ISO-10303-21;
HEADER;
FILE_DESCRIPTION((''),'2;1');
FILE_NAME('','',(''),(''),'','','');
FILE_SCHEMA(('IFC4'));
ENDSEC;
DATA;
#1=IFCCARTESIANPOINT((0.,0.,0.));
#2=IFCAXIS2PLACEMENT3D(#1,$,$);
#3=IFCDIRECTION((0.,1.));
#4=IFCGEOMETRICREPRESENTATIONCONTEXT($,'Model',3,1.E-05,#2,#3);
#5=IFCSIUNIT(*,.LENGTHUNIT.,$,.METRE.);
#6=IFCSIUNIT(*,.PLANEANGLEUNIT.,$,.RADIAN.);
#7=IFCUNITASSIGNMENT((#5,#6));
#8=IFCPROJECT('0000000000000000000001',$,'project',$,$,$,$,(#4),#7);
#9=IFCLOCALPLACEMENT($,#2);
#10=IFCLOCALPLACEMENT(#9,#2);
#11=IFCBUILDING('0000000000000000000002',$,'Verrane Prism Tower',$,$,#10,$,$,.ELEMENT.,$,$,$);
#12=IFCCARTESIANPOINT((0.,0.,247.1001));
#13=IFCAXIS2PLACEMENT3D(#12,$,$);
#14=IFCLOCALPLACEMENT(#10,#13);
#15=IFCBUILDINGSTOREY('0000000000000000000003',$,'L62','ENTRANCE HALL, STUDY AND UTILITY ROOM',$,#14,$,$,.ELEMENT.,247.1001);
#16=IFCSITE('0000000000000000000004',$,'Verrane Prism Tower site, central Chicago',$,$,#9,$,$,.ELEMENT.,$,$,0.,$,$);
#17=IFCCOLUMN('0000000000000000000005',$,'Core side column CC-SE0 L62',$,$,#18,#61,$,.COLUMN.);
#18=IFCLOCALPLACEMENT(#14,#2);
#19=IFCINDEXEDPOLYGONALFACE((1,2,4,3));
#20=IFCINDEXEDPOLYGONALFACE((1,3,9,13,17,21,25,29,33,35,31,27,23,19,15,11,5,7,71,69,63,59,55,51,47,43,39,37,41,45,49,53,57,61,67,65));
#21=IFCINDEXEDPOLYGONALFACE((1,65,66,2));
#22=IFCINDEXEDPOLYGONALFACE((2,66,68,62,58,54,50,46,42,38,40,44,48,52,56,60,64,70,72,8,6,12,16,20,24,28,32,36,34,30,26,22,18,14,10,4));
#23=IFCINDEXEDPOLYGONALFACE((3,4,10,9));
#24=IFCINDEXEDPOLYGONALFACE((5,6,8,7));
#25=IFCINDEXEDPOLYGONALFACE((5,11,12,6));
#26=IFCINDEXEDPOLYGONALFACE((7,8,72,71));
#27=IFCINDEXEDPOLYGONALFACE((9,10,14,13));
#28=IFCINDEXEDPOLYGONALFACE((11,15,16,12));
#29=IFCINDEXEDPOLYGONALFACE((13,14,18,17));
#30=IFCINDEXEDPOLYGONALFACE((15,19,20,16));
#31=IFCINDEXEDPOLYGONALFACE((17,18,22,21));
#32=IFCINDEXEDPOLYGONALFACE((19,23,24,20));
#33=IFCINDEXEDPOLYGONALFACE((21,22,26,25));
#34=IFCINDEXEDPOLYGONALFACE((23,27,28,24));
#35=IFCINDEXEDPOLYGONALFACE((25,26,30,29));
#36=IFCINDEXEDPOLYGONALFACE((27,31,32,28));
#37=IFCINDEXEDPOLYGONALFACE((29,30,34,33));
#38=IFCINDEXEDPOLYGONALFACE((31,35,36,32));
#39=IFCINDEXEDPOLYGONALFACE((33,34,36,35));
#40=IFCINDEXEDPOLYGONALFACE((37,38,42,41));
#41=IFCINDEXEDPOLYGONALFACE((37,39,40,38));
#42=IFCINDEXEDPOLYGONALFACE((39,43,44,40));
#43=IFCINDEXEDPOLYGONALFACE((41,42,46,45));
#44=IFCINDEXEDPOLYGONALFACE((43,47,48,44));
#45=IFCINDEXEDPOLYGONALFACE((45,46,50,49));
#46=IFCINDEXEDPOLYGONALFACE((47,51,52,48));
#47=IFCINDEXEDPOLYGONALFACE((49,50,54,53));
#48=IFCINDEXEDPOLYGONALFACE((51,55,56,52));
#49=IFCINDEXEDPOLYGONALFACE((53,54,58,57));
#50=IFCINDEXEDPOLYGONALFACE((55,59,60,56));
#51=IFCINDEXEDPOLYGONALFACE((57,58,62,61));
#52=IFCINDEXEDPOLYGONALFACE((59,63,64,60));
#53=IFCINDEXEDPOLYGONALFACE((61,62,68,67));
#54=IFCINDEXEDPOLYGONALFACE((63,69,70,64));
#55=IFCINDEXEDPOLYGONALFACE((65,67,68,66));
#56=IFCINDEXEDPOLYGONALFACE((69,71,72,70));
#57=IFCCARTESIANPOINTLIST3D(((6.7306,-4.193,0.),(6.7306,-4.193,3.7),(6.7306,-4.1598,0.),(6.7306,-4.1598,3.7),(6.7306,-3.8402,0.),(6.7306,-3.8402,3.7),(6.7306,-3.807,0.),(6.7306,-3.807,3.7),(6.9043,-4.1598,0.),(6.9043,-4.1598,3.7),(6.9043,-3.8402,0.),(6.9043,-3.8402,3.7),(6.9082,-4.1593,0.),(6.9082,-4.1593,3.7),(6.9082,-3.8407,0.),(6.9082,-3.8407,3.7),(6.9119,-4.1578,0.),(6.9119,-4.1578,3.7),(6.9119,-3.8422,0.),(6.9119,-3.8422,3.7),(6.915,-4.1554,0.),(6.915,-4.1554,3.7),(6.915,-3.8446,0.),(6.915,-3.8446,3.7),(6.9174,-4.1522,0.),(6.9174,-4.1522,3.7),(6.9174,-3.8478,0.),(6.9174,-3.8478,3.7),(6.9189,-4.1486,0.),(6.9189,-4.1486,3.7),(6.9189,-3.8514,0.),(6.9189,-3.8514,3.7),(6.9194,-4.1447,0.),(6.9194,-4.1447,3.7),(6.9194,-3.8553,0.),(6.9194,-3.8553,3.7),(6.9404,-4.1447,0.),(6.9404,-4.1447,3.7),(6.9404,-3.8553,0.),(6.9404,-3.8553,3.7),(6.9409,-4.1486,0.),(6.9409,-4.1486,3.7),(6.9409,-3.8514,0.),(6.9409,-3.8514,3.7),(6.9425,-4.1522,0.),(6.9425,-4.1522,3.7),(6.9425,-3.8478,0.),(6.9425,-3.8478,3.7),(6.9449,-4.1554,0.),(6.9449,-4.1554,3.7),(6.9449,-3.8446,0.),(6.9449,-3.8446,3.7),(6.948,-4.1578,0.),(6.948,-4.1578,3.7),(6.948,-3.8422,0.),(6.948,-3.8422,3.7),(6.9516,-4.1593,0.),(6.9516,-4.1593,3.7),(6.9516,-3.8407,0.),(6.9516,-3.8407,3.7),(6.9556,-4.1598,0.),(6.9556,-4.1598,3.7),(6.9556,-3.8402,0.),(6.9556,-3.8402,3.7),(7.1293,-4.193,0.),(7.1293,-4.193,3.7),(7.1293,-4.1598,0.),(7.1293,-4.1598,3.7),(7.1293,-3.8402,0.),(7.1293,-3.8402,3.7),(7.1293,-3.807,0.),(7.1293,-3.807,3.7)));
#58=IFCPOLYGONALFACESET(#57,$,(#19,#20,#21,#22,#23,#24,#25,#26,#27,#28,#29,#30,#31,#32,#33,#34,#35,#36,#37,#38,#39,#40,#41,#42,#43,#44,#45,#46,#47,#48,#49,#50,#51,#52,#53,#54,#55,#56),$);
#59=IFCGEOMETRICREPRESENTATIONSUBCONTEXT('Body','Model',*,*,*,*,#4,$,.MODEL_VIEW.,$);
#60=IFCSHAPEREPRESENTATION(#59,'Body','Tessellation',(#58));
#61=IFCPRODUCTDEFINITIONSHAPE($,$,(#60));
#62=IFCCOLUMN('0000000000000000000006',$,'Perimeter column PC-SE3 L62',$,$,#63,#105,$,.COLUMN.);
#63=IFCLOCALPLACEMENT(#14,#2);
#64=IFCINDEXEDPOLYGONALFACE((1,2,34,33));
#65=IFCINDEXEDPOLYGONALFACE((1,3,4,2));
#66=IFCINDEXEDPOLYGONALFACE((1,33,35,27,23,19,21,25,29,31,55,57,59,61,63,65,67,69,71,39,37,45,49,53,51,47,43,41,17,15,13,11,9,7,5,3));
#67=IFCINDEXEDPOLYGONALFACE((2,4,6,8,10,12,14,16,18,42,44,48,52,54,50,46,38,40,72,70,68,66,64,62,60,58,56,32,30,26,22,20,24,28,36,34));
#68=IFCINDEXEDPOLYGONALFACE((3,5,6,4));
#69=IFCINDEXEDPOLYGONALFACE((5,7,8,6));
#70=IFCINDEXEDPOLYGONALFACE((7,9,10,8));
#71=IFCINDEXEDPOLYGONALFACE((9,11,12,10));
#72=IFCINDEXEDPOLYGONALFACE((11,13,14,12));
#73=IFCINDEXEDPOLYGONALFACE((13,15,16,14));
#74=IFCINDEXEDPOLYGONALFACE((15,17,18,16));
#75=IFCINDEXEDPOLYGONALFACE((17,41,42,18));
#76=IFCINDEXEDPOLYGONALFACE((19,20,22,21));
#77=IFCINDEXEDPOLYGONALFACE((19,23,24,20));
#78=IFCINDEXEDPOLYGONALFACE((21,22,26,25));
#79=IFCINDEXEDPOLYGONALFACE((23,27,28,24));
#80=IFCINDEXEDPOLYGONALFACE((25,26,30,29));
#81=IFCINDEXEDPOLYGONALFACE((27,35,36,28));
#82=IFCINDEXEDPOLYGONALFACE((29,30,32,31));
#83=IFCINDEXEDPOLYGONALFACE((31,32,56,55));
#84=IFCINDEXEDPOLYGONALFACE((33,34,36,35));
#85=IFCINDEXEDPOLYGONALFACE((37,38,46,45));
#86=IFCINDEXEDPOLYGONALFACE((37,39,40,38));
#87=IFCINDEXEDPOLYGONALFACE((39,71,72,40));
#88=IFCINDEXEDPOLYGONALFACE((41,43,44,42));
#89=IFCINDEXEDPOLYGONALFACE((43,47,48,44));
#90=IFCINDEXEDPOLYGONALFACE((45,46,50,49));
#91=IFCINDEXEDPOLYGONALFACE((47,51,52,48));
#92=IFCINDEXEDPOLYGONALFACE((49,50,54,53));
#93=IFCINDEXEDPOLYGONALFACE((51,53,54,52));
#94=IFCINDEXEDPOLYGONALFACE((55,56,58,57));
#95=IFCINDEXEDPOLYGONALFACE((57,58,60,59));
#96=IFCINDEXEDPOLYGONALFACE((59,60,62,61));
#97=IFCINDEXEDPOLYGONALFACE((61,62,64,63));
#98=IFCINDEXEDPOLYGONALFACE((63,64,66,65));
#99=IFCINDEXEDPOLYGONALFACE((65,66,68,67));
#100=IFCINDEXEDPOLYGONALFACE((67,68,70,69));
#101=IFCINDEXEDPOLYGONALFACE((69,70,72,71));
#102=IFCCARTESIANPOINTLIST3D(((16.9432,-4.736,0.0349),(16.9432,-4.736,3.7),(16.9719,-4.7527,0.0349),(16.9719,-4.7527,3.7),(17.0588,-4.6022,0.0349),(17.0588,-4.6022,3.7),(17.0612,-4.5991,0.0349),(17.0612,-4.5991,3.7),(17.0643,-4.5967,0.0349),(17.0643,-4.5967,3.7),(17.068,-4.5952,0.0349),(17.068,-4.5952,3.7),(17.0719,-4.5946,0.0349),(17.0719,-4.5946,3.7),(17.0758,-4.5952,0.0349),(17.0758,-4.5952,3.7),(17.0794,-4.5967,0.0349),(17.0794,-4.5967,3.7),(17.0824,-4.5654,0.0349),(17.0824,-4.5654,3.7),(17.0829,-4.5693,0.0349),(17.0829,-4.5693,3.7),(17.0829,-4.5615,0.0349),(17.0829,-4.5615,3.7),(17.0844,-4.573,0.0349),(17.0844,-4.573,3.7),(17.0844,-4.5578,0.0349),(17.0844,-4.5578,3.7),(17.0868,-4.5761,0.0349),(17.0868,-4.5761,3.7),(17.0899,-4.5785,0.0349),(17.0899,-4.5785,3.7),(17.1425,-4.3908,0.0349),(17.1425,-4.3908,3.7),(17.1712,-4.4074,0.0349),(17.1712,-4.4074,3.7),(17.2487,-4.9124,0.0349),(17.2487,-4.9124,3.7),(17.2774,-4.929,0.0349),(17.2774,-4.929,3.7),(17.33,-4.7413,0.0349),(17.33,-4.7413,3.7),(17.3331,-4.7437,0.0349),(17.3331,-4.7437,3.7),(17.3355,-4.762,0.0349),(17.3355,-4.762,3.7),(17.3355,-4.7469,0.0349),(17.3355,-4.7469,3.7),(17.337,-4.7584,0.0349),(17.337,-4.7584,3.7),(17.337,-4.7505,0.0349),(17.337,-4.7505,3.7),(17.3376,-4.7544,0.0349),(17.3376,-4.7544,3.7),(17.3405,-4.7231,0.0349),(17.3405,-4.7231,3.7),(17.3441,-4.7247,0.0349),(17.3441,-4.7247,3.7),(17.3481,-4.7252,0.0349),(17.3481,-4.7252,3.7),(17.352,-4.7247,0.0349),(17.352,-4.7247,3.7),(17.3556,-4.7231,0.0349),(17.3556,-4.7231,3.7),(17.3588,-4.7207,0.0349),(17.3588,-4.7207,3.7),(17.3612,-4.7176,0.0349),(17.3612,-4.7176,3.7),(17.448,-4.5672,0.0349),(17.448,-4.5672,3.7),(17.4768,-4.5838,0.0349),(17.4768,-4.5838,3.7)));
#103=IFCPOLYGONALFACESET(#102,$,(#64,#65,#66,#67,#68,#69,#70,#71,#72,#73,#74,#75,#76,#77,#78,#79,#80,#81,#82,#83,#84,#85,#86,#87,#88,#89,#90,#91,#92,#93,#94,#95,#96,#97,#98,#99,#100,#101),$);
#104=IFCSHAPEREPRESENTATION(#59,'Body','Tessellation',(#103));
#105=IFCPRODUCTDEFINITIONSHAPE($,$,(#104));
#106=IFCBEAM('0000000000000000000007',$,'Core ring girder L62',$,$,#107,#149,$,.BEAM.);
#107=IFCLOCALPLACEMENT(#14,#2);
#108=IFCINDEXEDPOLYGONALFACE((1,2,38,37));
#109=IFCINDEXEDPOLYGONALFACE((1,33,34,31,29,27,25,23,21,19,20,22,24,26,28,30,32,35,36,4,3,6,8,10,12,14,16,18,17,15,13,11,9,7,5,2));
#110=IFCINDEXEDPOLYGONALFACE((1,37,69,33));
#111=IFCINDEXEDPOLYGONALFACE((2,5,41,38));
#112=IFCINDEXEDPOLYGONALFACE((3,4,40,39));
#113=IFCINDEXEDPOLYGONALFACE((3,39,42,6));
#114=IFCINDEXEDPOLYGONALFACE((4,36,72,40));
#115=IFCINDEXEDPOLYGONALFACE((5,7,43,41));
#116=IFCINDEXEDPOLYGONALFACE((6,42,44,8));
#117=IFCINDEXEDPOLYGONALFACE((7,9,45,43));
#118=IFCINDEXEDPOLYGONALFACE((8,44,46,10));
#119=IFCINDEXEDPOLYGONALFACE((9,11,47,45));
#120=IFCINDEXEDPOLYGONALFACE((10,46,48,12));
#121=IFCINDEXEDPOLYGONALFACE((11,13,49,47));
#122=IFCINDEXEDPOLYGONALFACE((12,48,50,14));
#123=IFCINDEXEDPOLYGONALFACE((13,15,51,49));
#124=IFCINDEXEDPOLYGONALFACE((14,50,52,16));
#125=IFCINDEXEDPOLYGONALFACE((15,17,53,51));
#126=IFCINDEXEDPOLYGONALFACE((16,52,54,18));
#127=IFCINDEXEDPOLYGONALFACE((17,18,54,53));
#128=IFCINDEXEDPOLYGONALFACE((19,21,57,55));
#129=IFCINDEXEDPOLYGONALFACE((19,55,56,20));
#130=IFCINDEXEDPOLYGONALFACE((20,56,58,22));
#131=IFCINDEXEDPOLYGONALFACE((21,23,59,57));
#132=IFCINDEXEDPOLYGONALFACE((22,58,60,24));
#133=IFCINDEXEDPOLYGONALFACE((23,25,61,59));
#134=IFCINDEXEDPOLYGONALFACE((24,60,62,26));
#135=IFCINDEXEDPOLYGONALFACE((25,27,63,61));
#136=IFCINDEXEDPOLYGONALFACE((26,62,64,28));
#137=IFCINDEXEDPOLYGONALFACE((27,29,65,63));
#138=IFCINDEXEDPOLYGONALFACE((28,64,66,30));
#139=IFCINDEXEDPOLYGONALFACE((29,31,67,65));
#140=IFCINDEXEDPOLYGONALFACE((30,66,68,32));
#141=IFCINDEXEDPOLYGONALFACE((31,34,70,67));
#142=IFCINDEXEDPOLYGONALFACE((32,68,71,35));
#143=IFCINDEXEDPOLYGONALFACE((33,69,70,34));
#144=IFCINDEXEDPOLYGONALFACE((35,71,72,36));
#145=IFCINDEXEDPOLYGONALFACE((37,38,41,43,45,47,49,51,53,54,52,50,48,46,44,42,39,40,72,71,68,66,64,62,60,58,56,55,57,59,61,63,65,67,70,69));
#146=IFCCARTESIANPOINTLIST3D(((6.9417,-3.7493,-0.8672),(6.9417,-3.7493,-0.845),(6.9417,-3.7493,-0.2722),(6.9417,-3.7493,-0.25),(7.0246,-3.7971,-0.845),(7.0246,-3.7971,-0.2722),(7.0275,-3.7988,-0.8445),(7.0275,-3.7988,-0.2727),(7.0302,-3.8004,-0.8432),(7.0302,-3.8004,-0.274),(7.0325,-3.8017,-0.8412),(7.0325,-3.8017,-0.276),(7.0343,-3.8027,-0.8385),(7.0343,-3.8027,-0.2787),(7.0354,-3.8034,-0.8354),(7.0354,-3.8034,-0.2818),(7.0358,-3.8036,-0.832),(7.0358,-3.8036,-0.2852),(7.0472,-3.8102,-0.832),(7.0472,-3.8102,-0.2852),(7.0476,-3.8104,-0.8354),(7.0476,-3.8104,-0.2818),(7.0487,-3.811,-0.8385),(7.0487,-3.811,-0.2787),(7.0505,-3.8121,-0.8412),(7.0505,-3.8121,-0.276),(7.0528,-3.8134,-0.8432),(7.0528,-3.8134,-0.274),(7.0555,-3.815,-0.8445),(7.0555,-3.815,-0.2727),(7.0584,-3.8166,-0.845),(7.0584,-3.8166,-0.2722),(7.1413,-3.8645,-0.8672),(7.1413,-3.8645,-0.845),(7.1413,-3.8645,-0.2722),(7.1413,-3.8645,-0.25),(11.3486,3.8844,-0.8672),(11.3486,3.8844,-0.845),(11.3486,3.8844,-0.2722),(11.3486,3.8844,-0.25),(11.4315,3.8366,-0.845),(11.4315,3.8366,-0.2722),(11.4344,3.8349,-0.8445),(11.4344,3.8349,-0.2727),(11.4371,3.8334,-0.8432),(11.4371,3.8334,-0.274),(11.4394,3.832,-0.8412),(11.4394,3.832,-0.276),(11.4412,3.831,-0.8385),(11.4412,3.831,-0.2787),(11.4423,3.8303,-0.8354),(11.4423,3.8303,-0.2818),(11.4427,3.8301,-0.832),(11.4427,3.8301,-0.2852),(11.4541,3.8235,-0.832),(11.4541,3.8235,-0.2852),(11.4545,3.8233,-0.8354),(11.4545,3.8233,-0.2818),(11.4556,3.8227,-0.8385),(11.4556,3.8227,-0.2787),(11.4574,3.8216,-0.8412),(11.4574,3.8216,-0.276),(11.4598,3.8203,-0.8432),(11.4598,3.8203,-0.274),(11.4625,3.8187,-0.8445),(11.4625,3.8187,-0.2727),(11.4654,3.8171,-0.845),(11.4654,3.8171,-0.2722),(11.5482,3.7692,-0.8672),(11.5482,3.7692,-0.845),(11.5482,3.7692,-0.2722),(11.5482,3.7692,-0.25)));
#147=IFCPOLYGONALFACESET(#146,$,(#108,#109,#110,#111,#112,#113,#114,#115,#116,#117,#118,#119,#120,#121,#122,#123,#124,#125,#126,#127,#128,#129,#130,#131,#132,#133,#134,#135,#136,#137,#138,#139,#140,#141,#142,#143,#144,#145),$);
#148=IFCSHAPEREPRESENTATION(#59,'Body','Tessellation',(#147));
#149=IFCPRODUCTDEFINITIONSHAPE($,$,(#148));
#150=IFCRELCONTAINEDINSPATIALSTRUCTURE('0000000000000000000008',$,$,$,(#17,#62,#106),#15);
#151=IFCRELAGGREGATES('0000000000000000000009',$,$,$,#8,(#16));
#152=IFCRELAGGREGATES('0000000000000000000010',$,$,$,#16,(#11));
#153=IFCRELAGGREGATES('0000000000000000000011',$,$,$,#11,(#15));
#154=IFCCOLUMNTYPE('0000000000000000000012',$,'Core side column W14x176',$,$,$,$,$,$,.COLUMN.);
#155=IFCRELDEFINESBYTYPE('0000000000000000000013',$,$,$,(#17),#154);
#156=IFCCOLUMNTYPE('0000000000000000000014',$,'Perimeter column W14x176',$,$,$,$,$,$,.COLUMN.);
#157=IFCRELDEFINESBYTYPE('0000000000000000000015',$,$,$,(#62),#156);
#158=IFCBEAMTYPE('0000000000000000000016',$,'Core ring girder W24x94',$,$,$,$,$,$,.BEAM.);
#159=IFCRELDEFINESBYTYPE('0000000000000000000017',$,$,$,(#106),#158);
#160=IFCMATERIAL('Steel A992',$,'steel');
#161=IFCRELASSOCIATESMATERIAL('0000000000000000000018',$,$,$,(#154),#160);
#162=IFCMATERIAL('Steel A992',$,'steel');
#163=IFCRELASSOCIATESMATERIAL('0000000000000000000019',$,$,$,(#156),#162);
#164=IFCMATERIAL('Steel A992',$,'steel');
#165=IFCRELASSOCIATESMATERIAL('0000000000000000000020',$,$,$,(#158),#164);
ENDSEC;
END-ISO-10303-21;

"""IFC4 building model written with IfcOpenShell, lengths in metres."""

from ifc_helpers import new_model, si_unit, direction, frame, origin, origin_2d, place, context, subcontext, project, spatial, i_section, extrude, material, material_profile, profile_set, type_object, element, save


model = new_model("IFC4")

# Units and contexts
model_context = context("Model", 3, precision=1e-05, world=origin(), true_north=direction((0.0, 1.0)))
body_context = subcontext(model_context, "Body", "Model", "MODEL_VIEW")
ifc_project = project(units=[si_unit("LENGTHUNIT", "METRE"), si_unit("PLANEANGLEUNIT", "RADIAN")], contexts=[model_context])

# Site, building, storey
site_placement = place(None, origin())
site = spatial("IfcSite", under=ifc_project, at=site_placement, Name="Verrane Prism Tower site, central Chicago", CompositionType="ELEMENT", RefElevation=0.0)
building_placement = place(site_placement, origin())
building = spatial("IfcBuilding", under=site, at=building_placement, Name="Verrane Prism Tower", CompositionType="ELEMENT")
storey_placement = place(building_placement, frame((0.0, 0.0, 247.1001)))
storey = spatial("IfcBuildingStorey", under=building, at=storey_placement, Name="L62", Description="ENTRANCE HALL, STUDY AND UTILITY ROOM", CompositionType="ELEMENT", Elevation=247.1001)

# Columns
ifc_material_1 = material(Name="Steel A992", Category="steel")
ifc_material_profile_1 = material_profile(ifc_material_1, i_section(OverallWidth=0.3987, OverallDepth=0.386, WebThickness=0.021, FlangeThickness=0.0332, FilletRadius=0.0151, at=origin_2d()), Name="W14x176")
ifc_profile_set_1 = profile_set([ifc_material_profile_1], Name="Steel A992")
column_type_1 = type_object("IfcColumnType", Name="Core side column W14x176", PredefinedType="COLUMN", material=ifc_profile_set_1)
column_1_placement = place(storey_placement, frame((6.9299, -4.0, 0.0), z_axis=(0.0, 0.0, 1.0), x_axis=(1.0, 0.0, 0.0)))
element("IfcColumn", 1, at=column_1_placement, inside=storey, type_object=column_type_1, Name="Core side column CC-SE0 L62", PredefinedType="COLUMN", context=body_context, shape_type="SweptSolid", body=[
    extrude(i_section(OverallWidth=0.3987, OverallDepth=0.386, WebThickness=0.021, FlangeThickness=0.0332, FilletRadius=0.0151, at=origin_2d()), origin(), (0.0, 0.0, 1.0), 3.7),
])
ifc_material_2 = material(Name="Steel A992", Category="steel")
ifc_material_profile_2 = material_profile(ifc_material_2, i_section(OverallWidth=0.3987, OverallDepth=0.386, WebThickness=0.021, FlangeThickness=0.0332, FilletRadius=0.0151, at=origin_2d()), Name="W14x176")
ifc_profile_set_2 = profile_set([ifc_material_profile_2], Name="Steel A992")
column_type_2 = type_object("IfcColumnType", Name="Perimeter column W14x176", PredefinedType="COLUMN", material=ifc_profile_set_2)
column_2_placement = place(storey_placement, frame((17.21, -4.6599, 0.0349), z_axis=(0.0, 0.0, 1.0), x_axis=(-0.5, -0.866025, 0.0)))
element("IfcColumn", 2, at=column_2_placement, inside=storey, type_object=column_type_2, Name="Perimeter column PC-SE3 L62", PredefinedType="COLUMN", context=body_context, shape_type="SweptSolid", body=[
    extrude(i_section(OverallWidth=0.3987, OverallDepth=0.386, WebThickness=0.021, FlangeThickness=0.0332, FilletRadius=0.0151, at=origin_2d()), origin(), (0.0, 0.0, 1.0), 3.665),
])

# Beam
ifc_material_3 = material(Name="Steel A992", Category="steel")
ifc_material_profile_3 = material_profile(ifc_material_3, i_section(OverallWidth=0.2305, OverallDepth=0.6172, WebThickness=0.0132, FlangeThickness=0.0222, FilletRadius=0.0129, at=origin_2d()), Name="W24x94")
ifc_profile_set_3 = profile_set([ifc_material_profile_3], Name="Steel A992")
beam_type_1 = type_object("IfcBeamType", Name="Core ring girder W24x94", PredefinedType="BEAM", material=ifc_profile_set_3)
beam_1_placement = place(storey_placement, frame((7.0415, -3.8069, -0.5586), z_axis=(0.499967, 0.866044, 0.0), x_axis=(-0.866044, 0.499967, 0.0)))
element("IfcBeam", 3, at=beam_1_placement, inside=storey, type_object=beam_type_1, Name="Core ring girder L62", PredefinedType="BEAM", context=body_context, shape_type="SweptSolid", body=[
    extrude(i_section(OverallWidth=0.2305, OverallDepth=0.6172, WebThickness=0.0132, FlangeThickness=0.0222, FilletRadius=0.0129, at=origin_2d()), origin(), (0.0, 0.0, 1.0), 8.8145),
])

save(model, "model.ifc")
